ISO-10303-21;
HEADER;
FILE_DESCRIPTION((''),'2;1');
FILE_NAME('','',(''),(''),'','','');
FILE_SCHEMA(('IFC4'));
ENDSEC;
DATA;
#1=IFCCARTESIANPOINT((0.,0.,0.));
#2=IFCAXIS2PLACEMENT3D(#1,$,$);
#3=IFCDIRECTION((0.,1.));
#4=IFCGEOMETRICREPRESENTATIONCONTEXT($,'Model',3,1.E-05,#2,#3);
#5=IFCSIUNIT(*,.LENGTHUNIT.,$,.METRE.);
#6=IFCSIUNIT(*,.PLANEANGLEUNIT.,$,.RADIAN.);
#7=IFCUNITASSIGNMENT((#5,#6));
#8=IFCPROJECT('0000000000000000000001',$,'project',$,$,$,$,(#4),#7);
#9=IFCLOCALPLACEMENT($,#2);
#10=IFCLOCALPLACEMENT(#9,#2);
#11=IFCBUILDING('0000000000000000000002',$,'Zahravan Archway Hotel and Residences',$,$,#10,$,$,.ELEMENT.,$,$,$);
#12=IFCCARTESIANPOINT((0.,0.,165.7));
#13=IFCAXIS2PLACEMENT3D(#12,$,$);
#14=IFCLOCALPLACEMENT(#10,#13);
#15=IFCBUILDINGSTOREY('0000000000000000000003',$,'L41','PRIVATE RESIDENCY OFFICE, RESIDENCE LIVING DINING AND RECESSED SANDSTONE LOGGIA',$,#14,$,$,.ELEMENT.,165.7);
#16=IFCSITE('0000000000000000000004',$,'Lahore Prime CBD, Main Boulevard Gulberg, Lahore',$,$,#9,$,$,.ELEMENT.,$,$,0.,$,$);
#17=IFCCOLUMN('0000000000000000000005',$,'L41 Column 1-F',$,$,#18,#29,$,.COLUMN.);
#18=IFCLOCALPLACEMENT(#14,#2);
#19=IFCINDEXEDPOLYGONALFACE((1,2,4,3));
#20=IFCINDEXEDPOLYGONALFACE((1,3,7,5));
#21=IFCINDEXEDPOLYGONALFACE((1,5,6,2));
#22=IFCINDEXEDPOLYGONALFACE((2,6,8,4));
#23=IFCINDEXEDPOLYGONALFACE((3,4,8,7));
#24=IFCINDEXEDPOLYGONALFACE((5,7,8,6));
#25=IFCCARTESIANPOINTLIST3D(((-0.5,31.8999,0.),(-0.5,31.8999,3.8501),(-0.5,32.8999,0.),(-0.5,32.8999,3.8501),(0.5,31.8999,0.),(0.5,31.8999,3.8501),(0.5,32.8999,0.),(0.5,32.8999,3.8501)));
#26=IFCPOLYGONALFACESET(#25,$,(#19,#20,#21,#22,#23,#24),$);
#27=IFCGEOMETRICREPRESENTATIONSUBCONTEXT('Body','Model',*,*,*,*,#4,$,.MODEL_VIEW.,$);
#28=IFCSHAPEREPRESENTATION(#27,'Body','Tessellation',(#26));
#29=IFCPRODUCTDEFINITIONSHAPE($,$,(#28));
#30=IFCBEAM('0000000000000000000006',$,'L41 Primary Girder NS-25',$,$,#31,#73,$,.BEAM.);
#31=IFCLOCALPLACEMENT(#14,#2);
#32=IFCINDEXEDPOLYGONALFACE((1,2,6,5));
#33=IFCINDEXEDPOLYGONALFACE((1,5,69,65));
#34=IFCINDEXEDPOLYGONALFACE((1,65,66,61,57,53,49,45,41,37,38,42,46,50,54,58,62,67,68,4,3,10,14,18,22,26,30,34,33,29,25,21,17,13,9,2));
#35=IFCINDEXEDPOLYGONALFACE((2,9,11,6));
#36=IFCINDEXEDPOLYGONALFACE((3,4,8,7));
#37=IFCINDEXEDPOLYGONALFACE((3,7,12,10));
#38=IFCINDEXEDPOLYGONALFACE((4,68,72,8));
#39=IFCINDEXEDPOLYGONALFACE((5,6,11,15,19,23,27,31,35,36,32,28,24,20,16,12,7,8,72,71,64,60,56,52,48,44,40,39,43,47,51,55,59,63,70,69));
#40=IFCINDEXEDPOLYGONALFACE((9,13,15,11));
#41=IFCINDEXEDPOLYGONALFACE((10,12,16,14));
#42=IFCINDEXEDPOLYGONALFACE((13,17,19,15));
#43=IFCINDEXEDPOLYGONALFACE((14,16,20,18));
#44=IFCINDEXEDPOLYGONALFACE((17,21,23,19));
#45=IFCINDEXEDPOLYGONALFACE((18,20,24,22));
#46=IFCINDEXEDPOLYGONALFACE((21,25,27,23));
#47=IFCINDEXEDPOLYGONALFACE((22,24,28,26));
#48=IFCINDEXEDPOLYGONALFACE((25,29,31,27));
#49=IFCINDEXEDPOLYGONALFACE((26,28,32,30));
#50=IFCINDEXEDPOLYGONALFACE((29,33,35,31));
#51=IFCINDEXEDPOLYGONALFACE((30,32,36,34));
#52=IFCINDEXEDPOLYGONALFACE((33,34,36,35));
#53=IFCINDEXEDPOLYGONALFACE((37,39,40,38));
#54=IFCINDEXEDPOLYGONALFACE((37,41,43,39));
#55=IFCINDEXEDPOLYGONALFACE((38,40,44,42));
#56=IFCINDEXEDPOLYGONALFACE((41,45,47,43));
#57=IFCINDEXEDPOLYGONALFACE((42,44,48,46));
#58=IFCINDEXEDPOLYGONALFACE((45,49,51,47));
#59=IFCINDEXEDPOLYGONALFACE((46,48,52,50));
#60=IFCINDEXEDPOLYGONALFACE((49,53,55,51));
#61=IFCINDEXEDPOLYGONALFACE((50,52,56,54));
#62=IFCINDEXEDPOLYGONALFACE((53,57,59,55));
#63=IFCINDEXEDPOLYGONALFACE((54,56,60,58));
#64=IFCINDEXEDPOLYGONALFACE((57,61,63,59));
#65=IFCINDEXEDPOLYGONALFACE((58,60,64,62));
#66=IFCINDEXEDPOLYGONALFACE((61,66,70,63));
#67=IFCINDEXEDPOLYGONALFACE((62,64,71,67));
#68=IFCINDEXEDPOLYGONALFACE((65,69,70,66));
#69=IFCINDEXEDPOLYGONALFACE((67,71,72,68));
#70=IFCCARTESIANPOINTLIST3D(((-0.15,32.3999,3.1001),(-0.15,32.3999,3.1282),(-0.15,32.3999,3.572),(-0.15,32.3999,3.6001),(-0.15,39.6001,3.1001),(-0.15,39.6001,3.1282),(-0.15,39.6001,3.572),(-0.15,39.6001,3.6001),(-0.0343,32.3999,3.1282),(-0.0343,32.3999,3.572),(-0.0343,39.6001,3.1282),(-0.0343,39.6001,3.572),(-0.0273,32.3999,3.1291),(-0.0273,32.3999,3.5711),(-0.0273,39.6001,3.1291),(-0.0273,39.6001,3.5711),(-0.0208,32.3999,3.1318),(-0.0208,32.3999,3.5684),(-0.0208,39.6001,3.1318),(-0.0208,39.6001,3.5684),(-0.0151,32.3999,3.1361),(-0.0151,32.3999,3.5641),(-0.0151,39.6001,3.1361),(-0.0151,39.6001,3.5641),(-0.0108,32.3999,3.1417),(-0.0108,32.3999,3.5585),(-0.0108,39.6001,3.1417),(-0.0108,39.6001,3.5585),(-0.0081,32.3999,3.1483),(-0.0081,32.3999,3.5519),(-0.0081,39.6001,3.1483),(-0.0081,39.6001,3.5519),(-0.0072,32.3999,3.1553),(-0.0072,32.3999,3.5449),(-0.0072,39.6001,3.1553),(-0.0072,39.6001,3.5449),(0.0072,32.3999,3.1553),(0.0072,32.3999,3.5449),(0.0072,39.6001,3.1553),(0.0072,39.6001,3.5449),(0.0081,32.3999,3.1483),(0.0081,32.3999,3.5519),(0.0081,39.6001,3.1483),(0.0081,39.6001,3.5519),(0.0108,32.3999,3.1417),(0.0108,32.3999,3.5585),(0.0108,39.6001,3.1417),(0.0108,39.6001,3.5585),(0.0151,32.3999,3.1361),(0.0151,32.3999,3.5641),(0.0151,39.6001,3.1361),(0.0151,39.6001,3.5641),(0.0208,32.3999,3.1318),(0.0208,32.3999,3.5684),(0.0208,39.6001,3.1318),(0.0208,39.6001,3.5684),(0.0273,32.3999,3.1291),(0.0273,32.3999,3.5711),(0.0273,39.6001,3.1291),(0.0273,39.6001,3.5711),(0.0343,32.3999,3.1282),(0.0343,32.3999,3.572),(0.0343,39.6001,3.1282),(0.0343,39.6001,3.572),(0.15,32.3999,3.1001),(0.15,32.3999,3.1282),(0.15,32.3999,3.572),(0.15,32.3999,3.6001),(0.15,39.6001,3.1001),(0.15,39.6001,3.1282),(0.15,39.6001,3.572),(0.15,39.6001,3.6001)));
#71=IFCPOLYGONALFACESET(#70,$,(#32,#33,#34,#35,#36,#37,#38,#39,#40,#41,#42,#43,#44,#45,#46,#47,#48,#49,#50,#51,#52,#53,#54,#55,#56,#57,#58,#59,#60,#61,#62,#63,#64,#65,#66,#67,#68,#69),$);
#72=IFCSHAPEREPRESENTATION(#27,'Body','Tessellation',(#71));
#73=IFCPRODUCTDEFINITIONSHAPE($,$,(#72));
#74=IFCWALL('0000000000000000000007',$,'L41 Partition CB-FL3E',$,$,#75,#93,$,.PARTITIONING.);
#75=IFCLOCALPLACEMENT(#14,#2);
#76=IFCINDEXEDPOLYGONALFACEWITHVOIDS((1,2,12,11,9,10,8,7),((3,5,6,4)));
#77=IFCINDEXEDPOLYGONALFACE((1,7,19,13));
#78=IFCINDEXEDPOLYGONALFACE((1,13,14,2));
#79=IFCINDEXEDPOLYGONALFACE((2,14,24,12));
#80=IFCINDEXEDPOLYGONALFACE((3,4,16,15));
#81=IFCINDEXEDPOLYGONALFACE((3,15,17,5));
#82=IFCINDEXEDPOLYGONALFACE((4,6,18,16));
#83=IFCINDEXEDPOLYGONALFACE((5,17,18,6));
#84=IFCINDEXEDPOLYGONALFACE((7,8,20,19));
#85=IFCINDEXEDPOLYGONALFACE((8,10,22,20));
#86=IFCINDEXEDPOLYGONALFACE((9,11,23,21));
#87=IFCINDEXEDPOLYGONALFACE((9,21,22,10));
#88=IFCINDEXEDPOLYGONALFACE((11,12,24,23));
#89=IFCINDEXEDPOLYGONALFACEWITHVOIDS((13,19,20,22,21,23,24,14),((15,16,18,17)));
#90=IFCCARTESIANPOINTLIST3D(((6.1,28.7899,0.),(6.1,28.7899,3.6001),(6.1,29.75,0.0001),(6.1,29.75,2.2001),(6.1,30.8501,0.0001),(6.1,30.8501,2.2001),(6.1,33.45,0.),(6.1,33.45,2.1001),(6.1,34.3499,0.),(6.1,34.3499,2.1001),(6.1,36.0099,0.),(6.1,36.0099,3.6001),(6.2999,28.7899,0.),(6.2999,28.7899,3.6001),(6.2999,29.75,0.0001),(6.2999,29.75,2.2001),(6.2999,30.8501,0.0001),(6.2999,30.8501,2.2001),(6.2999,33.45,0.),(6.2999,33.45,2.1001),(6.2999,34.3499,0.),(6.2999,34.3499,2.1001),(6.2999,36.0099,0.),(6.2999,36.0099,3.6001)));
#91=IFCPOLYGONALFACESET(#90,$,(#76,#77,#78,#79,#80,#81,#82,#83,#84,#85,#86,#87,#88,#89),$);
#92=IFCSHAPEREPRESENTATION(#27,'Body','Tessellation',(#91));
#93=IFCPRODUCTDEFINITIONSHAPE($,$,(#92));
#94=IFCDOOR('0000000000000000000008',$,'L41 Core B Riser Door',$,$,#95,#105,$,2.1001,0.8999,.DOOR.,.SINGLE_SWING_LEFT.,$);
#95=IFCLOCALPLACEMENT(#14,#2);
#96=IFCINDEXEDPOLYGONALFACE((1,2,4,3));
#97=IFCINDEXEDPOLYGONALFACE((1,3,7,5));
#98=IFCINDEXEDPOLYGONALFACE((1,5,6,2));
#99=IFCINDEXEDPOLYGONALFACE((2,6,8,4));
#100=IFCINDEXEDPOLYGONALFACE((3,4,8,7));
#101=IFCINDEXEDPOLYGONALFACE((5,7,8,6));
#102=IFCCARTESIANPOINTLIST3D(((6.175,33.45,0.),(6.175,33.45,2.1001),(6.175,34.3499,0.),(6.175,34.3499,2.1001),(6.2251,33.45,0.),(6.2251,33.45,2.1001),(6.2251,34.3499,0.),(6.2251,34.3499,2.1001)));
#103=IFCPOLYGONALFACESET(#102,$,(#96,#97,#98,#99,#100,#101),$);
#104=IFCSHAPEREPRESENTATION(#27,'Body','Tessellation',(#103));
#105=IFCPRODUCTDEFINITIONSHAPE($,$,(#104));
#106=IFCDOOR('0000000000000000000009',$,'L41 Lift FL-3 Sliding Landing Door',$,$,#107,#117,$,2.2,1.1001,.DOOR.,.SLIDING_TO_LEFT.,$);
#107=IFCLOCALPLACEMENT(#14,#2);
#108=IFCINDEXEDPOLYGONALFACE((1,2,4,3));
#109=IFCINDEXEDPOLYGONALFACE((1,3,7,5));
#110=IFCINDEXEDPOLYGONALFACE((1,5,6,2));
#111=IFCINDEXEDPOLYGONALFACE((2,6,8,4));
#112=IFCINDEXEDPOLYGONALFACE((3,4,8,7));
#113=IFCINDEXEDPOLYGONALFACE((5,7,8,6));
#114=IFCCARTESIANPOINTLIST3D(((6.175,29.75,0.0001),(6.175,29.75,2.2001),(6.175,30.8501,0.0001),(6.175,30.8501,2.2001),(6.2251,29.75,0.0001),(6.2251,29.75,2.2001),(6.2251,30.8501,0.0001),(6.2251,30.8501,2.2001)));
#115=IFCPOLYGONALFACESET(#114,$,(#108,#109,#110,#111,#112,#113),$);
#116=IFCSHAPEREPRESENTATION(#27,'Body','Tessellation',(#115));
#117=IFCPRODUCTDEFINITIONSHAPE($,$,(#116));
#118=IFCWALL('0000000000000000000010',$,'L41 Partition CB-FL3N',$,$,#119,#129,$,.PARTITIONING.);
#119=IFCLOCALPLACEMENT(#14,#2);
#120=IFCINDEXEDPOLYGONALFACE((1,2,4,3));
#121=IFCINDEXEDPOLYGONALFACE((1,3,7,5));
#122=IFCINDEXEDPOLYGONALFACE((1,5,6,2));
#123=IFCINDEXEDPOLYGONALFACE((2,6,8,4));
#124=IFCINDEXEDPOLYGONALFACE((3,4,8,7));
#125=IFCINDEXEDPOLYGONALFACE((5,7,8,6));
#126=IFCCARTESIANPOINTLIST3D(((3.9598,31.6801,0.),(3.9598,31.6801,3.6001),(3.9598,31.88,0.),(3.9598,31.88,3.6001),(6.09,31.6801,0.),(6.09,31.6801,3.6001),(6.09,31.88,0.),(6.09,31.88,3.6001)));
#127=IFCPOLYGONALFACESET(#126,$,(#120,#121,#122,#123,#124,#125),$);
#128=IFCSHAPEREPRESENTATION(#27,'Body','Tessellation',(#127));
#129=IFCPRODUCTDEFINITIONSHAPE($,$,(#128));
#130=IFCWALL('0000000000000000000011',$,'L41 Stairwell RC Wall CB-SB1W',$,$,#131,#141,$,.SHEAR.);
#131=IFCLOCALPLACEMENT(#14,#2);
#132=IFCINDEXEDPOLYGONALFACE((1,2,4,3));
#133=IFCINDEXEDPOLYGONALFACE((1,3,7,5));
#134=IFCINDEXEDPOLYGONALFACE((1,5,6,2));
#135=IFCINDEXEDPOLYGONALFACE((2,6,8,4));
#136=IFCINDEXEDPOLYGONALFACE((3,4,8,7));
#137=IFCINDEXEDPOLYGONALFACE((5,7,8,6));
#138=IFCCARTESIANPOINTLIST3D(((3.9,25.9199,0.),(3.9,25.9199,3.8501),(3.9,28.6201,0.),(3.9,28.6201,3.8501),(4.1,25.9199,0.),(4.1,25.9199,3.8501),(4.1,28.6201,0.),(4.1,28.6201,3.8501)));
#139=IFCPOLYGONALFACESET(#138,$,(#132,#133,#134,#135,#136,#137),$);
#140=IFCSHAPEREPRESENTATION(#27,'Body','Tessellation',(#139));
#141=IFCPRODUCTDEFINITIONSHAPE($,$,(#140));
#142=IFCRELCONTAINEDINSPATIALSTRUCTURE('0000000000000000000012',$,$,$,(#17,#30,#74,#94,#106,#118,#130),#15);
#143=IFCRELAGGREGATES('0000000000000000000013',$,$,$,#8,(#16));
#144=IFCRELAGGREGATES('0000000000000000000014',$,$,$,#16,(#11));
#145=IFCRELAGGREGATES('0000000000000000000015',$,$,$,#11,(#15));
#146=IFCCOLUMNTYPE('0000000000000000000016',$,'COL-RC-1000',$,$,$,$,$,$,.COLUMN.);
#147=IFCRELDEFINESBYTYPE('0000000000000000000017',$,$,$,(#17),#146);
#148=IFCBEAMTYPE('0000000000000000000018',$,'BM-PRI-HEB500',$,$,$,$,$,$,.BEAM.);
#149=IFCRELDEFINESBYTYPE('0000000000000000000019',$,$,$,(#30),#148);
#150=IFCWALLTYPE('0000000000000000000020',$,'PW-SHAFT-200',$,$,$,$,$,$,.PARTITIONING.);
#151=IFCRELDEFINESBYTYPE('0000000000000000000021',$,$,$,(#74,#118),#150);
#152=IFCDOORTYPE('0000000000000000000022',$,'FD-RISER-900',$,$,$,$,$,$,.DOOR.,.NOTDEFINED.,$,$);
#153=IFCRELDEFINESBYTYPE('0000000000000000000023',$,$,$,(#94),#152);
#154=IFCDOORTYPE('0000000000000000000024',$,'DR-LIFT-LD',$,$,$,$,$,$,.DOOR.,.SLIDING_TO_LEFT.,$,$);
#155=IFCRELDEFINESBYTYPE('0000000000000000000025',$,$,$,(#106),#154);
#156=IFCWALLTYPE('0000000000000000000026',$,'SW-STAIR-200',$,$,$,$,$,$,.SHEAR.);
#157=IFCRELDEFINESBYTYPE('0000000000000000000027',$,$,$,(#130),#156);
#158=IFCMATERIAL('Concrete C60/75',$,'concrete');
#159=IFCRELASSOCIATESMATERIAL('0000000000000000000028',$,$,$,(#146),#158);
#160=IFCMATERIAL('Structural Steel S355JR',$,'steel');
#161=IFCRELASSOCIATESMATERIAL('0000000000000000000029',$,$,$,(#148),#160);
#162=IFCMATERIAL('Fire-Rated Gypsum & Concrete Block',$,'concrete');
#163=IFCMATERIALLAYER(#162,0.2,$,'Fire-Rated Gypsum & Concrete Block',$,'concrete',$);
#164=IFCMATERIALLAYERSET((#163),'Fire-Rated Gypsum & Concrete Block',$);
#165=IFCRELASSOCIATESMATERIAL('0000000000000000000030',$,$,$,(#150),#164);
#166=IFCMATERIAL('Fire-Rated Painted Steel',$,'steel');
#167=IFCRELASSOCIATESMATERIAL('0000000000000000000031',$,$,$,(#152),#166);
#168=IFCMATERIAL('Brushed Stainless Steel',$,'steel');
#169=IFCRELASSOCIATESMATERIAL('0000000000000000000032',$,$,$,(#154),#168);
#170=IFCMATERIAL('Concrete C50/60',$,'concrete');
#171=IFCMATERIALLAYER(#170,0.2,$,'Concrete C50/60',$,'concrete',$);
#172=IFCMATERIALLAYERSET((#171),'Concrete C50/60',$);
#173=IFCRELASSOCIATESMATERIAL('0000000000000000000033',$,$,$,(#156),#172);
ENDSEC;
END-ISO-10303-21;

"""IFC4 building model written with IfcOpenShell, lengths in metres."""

from ifc_helpers import new_model, si_unit, direction, frame, frame_2d, origin, origin_2d, place, context, subcontext, project, spatial, rectangle, i_section, extrude, source, transform, mapped, material, layer, layer_set, material_profile, profile_set, type_object, type_shapes, element, fill, save


model = new_model("IFC4")

# Units and contexts
model_context = context("Model", 3, precision=1e-05, world=origin(), true_north=direction((0.0, 1.0)))
body_context = subcontext(model_context, "Body", "Model", "MODEL_VIEW")
ifc_project = project(units=[si_unit("LENGTHUNIT", "METRE"), si_unit("PLANEANGLEUNIT", "RADIAN")], contexts=[model_context])

# Site, building, storey
site_placement = place(None, origin())
site = spatial("IfcSite", under=ifc_project, at=site_placement, Name="Lahore Prime CBD, Main Boulevard Gulberg, Lahore", CompositionType="ELEMENT", RefElevation=0.0)
building_placement = place(site_placement, origin())
building = spatial("IfcBuilding", under=site, at=building_placement, Name="Zahravan Archway Hotel and Residences", CompositionType="ELEMENT")
storey_placement = place(building_placement, frame((0.0, 0.0, 165.7)))
storey = spatial("IfcBuildingStorey", under=building, at=storey_placement, Name="L41", Description="PRIVATE RESIDENCY OFFICE, RESIDENCE LIVING DINING AND RECESSED SANDSTONE LOGGIA", CompositionType="ELEMENT", Elevation=165.7)

# Column
ifc_material_1 = material(Name="Concrete C60/75", Category="concrete")
ifc_material_profile_1 = material_profile(ifc_material_1, rectangle(XDim=1.0, YDim=1.0, at=origin_2d()), Name="RC-COL-1000x1000", Category="concrete")
ifc_profile_set_1 = profile_set([ifc_material_profile_1], Name="Concrete C60/75")
column_type = type_object("IfcColumnType", Name="COL-RC-1000", PredefinedType="COLUMN", material=ifc_profile_set_1)
shared_shape_1 = source(origin(), body_context, "Body", "SweptSolid", [
    extrude(rectangle(XDim=1.0, YDim=1.0, at=origin_2d()), origin(), (0.0, 0.0, 1.0), 3.8501),
])
column_placement = place(storey_placement, frame((0.0, 32.3999, 0.0), z_axis=(0.0, 0.0, 1.0), x_axis=(1.0, 0.0, 0.0)))
element("IfcColumn", 1, at=column_placement, inside=storey, type_object=column_type, Name="L41 Column 1-F", PredefinedType="COLUMN", context=body_context, shape_type="MappedRepresentation", body=[
    mapped(shared_shape_1, transform((0.0, 0.0, 0.0), scale=1.0)),
])

# Beam
ifc_material_2 = material(Name="Structural Steel S355JR", Category="steel")
ifc_material_profile_2 = material_profile(ifc_material_2, i_section(OverallWidth=0.3, OverallDepth=0.5, WebThickness=0.0144, FlangeThickness=0.0281, FilletRadius=0.0271, at=origin_2d()), Name="HEB 500", Category="steel")
ifc_profile_set_2 = profile_set([ifc_material_profile_2], Name="Structural Steel S355JR")
beam_type = type_object("IfcBeamType", Name="BM-PRI-HEB500", PredefinedType="BEAM", material=ifc_profile_set_2)
shared_shape_2 = source(origin(), body_context, "Body", "SweptSolid", [
    extrude(i_section(OverallWidth=0.3, OverallDepth=0.5, WebThickness=0.0144, FlangeThickness=0.0281, FilletRadius=0.0271, at=origin_2d()), origin(), (0.0, 0.0, 1.0), 7.2002),
])
type_shapes(beam_type, [shared_shape_2])
beam_placement = place(storey_placement, frame((0.0, 32.3999, 3.3501), z_axis=(0.0, 1.0, 0.0), x_axis=(-1.0, 0.0, 0.0)))
element("IfcBeam", 2, at=beam_placement, inside=storey, type_object=beam_type, Name="L41 Primary Girder NS-25", PredefinedType="BEAM", context=body_context, shape_type="MappedRepresentation", body=[
    mapped(shared_shape_2, transform((0.0, 0.0, 0.0), scale=1.0)),
])

# Wall, openings, doors
ifc_material_3 = material(Name="Fire-Rated Gypsum & Concrete Block", Category="concrete")
ifc_layer_1 = layer(ifc_material_3, 0.2, Name="Fire-Rated Gypsum & Concrete Block", Category="concrete")
ifc_layer_set_1 = layer_set([ifc_layer_1], Name="Fire-Rated Gypsum & Concrete Block")
wall_type_1 = type_object("IfcWallType", Name="PW-SHAFT-200", PredefinedType="PARTITIONING", material=ifc_layer_set_1)
wall_1_placement = place(storey_placement, frame((6.2, 28.79, 0.0), z_axis=(0.0, 0.0, 1.0), x_axis=(0.0, 1.0, 0.0)))
wall_1 = element("IfcWall", 3, at=wall_1_placement, inside=storey, type_object=wall_type_1, Name="L41 Partition CB-FL3E", PredefinedType="PARTITIONING", context=body_context, shape_type="SweptSolid", body=[
    extrude(rectangle(XDim=7.22, YDim=0.2, at=frame_2d((3.6099, 0.0))), origin(), (0.0, 0.0, 1.0), 3.6001),
])
opening_1_placement = place(wall_1_placement, frame((4.6599, 0.0, 0.0)))
opening_1 = element("IfcOpeningElement", 4, at=opening_1_placement, cuts=wall_1, PredefinedType="OPENING", context=body_context, shape_type="SweptSolid", body=[
    extrude(rectangle(XDim=0.8999, YDim=2.1001, at=frame_2d((0.45, 1.05))), frame((0.0, 0.1099, 0.0), z_axis=(0.0, -1.0, 0.0), x_axis=(1.0, 0.0, 0.0)), (0.0, 0.0, 1.0), 0.22),
])
opening_2_placement = place(wall_1_placement, frame((0.96, 0.0, 0.0)))
opening_2 = element("IfcOpeningElement", 5, at=opening_2_placement, cuts=wall_1, PredefinedType="OPENING", context=body_context, shape_type="SweptSolid", body=[
    extrude(rectangle(XDim=1.1001, YDim=2.2, at=frame_2d((0.55, 1.1001))), frame((0.0, 0.1099, 0.0), z_axis=(0.0, -1.0, 0.0), x_axis=(1.0, 0.0, 0.0)), (0.0, 0.0, 1.0), 0.22),
])
ifc_material_4 = material(Name="Fire-Rated Painted Steel", Category="steel")
door_type_1 = type_object("IfcDoorType", Name="FD-RISER-900", OperationType="NOTDEFINED", PredefinedType="DOOR", material=ifc_material_4)
shared_shape_3 = source(origin(), body_context, "Body", "SweptSolid", [
    extrude(rectangle(XDim=0.8999, YDim=2.1001, at=frame_2d((0.45, 1.05))), frame((0.0, 0.0249, 0.0), z_axis=(0.0, -1.0, 0.0), x_axis=(1.0, 0.0, 0.0)), (0.0, 0.0, 1.0), 0.05),
])
type_shapes(door_type_1, [shared_shape_3])
door_1_placement = place(opening_1_placement, origin())
door_1 = element("IfcDoor", 6, at=door_1_placement, inside=storey, type_object=door_type_1, Name="L41 Core B Riser Door", OperationType="SINGLE_SWING_LEFT", OverallHeight=2.1001, OverallWidth=0.8999, PredefinedType="DOOR", context=body_context, shape_type="MappedRepresentation", body=[
    mapped(shared_shape_3, transform((0.0, 0.0, 0.0), scale=1.0)),
])
fill(opening_1, door_1)
ifc_material_5 = material(Name="Brushed Stainless Steel", Category="steel")
door_type_2 = type_object("IfcDoorType", Name="DR-LIFT-LD", OperationType="SLIDING_TO_LEFT", PredefinedType="DOOR", material=ifc_material_5)
shared_shape_4 = source(origin(), body_context, "Body", "SweptSolid", [
    extrude(rectangle(XDim=1.1001, YDim=2.2, at=frame_2d((0.55, 1.1001))), frame((0.0, 0.0249, 0.0), z_axis=(0.0, -1.0, 0.0), x_axis=(1.0, 0.0, 0.0)), (0.0, 0.0, 1.0), 0.05),
])
type_shapes(door_type_2, [shared_shape_4])
door_2_placement = place(opening_2_placement, origin())
door_2 = element("IfcDoor", 7, at=door_2_placement, inside=storey, type_object=door_type_2, Name="L41 Lift FL-3 Sliding Landing Door", OperationType="SLIDING_TO_LEFT", OverallHeight=2.2, OverallWidth=1.1001, PredefinedType="DOOR", context=body_context, shape_type="MappedRepresentation", body=[
    mapped(shared_shape_4, transform((0.0, 0.0, 0.0), scale=1.0)),
])
fill(opening_2, door_2)

# Walls
wall_2_placement = place(storey_placement, frame((3.96, 31.78, 0.0), z_axis=(0.0, 0.0, 1.0), x_axis=(1.0, 0.0, 0.0)))
element("IfcWall", 8, at=wall_2_placement, inside=storey, type_object=wall_type_1, Name="L41 Partition CB-FL3N", PredefinedType="PARTITIONING", context=body_context, shape_type="SweptSolid", body=[
    extrude(rectangle(XDim=2.1301, YDim=0.2, at=frame_2d((1.0649, 0.0))), origin(), (0.0, 0.0, 1.0), 3.6001),
])
ifc_material_6 = material(Name="Concrete C50/60", Category="concrete")
ifc_layer_2 = layer(ifc_material_6, 0.2, Name="Concrete C50/60", Category="concrete")
ifc_layer_set_2 = layer_set([ifc_layer_2], Name="Concrete C50/60")
wall_type_2 = type_object("IfcWallType", Name="SW-STAIR-200", PredefinedType="SHEAR", material=ifc_layer_set_2)
wall_3_placement = place(storey_placement, frame((4.0, 25.9199, 0.0), z_axis=(0.0, 0.0, 1.0), x_axis=(0.0, 1.0, 0.0)))
element("IfcWall", 9, at=wall_3_placement, inside=storey, type_object=wall_type_2, Name="L41 Stairwell RC Wall CB-SB1W", PredefinedType="SHEAR", context=body_context, shape_type="SweptSolid", body=[
    extrude(rectangle(XDim=2.7002, YDim=0.2, at=frame_2d((1.3501, 0.0))), origin(), (0.0, 0.0, 1.0), 3.8501),
])

save(model, "model.ifc")
